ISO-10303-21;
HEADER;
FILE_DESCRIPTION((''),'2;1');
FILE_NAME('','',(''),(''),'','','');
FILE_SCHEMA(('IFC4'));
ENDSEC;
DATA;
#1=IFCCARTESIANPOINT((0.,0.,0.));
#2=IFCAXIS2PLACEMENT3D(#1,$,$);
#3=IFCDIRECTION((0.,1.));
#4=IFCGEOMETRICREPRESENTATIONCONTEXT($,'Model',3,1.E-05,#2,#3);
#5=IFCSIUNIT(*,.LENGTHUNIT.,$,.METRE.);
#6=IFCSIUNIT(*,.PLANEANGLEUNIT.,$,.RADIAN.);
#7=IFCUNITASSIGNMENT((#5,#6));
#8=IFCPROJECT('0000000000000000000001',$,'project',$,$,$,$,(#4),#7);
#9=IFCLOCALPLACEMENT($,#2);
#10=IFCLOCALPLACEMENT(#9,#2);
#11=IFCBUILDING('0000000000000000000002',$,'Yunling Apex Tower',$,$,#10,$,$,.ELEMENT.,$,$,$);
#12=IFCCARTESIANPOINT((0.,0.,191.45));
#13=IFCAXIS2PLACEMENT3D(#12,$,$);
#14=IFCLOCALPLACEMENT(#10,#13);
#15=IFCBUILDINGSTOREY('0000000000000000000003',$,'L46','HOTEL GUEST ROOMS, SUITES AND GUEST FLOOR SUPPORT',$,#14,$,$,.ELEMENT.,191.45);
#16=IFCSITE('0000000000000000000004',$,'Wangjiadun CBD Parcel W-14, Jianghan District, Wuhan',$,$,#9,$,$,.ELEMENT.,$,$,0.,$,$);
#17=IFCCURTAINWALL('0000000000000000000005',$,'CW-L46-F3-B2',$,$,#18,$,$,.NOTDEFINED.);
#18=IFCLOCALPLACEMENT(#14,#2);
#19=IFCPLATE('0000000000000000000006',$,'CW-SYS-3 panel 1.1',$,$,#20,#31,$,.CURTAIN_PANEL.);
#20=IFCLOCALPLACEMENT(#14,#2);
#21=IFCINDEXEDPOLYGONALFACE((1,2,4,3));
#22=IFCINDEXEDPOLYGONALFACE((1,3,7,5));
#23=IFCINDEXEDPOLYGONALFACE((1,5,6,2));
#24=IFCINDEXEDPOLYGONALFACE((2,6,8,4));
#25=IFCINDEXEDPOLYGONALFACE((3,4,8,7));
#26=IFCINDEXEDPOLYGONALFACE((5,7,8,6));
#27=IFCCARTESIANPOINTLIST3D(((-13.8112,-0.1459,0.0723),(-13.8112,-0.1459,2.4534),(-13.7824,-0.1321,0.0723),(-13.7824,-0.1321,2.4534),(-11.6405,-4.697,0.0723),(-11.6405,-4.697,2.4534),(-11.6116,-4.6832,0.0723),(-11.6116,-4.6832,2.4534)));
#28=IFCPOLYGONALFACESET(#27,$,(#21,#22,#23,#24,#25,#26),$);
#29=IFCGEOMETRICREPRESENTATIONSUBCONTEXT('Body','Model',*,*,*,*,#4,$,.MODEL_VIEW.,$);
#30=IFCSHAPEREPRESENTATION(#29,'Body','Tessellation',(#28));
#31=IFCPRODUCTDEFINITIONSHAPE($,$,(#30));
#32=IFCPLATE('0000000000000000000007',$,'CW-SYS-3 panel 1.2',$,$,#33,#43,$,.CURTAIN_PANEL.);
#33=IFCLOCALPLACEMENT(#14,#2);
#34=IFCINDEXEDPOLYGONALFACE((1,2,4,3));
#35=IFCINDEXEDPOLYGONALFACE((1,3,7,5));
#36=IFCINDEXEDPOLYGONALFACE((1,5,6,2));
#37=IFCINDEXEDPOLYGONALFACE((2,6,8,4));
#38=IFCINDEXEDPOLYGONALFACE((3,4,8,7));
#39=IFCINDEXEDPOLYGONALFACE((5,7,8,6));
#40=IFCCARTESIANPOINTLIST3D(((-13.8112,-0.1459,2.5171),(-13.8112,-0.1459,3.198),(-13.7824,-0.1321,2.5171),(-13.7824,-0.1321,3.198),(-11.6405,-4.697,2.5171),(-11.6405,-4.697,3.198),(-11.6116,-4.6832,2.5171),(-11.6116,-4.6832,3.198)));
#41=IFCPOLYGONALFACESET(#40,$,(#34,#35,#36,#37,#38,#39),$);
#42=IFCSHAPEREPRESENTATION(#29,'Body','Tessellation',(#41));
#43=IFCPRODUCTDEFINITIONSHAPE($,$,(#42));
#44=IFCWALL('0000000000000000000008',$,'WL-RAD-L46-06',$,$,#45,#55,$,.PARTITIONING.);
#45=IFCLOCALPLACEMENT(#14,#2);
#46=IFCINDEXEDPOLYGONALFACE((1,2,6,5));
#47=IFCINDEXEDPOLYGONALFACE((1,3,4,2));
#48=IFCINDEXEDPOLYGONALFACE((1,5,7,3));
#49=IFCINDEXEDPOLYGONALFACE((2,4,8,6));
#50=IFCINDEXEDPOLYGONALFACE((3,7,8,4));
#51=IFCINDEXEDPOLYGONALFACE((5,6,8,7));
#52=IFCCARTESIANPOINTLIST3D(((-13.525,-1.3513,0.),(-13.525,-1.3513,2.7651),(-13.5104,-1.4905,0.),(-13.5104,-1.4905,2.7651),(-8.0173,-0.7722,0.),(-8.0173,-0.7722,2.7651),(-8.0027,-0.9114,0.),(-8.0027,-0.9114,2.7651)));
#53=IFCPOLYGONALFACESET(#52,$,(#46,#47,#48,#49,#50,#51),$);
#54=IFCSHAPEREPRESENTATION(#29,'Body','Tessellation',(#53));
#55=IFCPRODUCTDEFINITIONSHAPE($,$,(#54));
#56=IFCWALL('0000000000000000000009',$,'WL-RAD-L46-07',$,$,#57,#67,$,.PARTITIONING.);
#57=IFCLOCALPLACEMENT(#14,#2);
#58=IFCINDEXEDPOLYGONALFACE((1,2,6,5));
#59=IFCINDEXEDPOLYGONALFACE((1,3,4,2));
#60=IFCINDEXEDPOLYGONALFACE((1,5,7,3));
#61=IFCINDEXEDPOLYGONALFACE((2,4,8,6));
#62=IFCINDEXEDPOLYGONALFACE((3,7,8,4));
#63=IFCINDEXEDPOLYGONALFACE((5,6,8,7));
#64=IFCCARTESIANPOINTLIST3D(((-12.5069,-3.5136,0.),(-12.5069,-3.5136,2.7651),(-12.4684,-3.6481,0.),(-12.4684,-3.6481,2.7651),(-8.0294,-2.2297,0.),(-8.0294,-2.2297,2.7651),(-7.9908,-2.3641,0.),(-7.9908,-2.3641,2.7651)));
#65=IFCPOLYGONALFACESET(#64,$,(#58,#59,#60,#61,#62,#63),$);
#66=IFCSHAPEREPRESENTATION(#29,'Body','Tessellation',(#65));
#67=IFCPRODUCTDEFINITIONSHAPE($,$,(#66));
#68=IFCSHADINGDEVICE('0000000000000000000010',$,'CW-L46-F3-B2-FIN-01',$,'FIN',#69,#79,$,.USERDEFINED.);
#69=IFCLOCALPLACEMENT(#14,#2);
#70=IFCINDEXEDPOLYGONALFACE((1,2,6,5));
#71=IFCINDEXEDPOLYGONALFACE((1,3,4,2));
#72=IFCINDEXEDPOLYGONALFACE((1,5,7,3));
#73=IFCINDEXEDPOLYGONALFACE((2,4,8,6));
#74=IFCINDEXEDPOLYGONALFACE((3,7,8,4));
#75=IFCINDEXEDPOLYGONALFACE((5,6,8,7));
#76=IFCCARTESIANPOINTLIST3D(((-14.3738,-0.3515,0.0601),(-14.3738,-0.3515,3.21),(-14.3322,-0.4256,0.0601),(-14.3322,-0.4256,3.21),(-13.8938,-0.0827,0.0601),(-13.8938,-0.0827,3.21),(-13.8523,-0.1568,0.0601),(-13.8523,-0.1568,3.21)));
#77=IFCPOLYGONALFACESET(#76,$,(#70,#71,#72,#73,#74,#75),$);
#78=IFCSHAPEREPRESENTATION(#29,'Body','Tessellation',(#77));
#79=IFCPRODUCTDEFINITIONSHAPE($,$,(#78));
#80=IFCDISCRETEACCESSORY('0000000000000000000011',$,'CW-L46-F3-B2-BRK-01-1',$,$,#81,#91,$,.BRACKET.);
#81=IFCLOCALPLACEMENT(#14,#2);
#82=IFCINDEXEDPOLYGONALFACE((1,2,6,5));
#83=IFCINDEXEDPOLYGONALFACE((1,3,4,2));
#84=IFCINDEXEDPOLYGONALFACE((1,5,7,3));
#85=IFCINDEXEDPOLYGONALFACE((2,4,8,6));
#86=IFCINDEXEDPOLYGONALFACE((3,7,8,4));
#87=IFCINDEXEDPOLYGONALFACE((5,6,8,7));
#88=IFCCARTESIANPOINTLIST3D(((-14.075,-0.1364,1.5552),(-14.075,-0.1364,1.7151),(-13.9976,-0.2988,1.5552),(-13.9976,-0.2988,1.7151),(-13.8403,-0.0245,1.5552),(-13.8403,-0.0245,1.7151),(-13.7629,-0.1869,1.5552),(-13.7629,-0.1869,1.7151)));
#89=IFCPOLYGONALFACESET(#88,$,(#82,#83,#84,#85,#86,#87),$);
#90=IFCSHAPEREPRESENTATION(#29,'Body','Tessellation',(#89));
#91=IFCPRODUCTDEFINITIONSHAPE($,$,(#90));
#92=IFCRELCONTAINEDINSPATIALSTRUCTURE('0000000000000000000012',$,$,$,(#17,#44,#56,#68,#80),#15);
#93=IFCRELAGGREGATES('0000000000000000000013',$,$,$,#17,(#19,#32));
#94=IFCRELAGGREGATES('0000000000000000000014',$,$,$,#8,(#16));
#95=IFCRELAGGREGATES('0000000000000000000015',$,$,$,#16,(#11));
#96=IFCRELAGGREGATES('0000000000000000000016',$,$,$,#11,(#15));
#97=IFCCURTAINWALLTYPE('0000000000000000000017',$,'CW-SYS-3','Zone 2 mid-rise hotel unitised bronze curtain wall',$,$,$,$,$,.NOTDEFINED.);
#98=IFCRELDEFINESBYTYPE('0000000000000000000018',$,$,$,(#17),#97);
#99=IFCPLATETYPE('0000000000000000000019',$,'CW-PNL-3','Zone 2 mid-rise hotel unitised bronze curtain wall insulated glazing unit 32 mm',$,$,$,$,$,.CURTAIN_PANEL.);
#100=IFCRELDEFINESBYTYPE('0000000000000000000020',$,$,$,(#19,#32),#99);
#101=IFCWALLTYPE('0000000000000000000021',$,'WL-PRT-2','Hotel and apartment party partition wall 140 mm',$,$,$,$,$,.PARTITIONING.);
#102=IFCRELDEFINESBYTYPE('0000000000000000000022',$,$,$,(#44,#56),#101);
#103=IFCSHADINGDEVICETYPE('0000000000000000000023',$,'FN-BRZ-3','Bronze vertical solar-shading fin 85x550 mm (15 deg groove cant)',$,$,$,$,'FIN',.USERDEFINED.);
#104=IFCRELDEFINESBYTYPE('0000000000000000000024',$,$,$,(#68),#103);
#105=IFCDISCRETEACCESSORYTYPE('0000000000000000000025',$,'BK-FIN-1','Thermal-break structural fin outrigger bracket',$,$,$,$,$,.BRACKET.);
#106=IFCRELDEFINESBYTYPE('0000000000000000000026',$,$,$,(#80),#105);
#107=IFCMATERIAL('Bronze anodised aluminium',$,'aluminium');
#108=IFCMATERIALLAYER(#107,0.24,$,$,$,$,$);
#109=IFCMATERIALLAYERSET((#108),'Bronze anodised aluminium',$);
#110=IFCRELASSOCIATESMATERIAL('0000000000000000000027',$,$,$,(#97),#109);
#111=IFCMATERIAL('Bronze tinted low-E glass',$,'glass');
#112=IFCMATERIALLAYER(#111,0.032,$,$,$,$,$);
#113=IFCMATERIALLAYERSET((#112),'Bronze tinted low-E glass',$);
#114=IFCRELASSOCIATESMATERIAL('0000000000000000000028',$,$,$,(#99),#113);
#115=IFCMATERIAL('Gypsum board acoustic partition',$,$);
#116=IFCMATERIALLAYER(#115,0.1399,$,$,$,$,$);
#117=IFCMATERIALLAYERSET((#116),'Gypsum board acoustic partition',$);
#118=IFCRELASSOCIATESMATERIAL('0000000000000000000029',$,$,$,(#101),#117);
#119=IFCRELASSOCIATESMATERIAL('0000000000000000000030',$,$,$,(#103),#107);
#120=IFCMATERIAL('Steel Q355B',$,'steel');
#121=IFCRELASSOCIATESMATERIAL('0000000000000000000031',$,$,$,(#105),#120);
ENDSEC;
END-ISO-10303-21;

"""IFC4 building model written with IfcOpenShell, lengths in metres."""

from ifc_helpers import new_model, si_unit, direction, frame, frame_2d, origin, origin_2d, place, context, subcontext, project, spatial, rectangle, extrude, source, transform, mapped, material, layer, layer_set, material_profile, profile_set, type_object, element, aggregate, save


model = new_model("IFC4")

# Units and contexts
model_context = context("Model", 3, precision=1e-05, world=origin(), true_north=direction((0.0, 1.0)))
body_context = subcontext(model_context, "Body", "Model", "MODEL_VIEW")
ifc_project = project(units=[si_unit("LENGTHUNIT", "METRE"), si_unit("PLANEANGLEUNIT", "RADIAN")], contexts=[model_context])

# Site, building, storey
site_placement = place(None, origin())
site = spatial("IfcSite", under=ifc_project, at=site_placement, Name="Wangjiadun CBD Parcel W-14, Jianghan District, Wuhan", CompositionType="ELEMENT", RefElevation=0.0)
building_placement = place(site_placement, origin())
building = spatial("IfcBuilding", under=site, at=building_placement, Name="Yunling Apex Tower", CompositionType="ELEMENT")
storey_placement = place(building_placement, frame((0.0, 0.0, 191.45)))
storey = spatial("IfcBuildingStorey", under=building, at=storey_placement, Name="L46", Description="HOTEL GUEST ROOMS, SUITES AND GUEST FLOOR SUPPORT", CompositionType="ELEMENT", Elevation=191.45)

# Shared definitions
ifc_material_1 = material(Name="Steel Q355B", Category="steel")

# Curtain wall
ifc_material_2 = material(Name="Bronze anodised aluminium", Category="aluminium")
ifc_layer_1 = layer(ifc_material_2, 0.24)
ifc_layer_set_1 = layer_set([ifc_layer_1], Name="Bronze anodised aluminium")
curtain_wall_type = type_object("IfcCurtainWallType", Name="CW-SYS-3", Description="Zone 2 mid-rise hotel unitised bronze curtain wall", PredefinedType="NOTDEFINED", material=ifc_layer_set_1)
curtain_wall_placement = place(storey_placement, origin())
curtain_wall = element("IfcCurtainWall", 1, at=curtain_wall_placement, inside=storey, type_object=curtain_wall_type, Name="CW-L46-F3-B2", PredefinedType="NOTDEFINED")

# Plates
ifc_material_3 = material(Name="Bronze tinted low-E glass", Category="glass")
ifc_layer_2 = layer(ifc_material_3, 0.032)
ifc_layer_set_2 = layer_set([ifc_layer_2], Name="Bronze tinted low-E glass")
plate_type_1 = type_object("IfcPlateType", Name="CW-PNL-3", Description="Zone 2 mid-rise hotel unitised bronze curtain wall insulated glazing unit 32 mm", PredefinedType="CURTAIN_PANEL", material=ifc_layer_set_2)
shared_shape_1 = source(origin(), body_context, "Body", "SweptSolid", [
    extrude(rectangle(XDim=5.0422, YDim=0.032, at=origin_2d()), origin(), (0.0, 0.0, 1.0), 2.3811),
])
plate_1_placement = place(storey_placement, frame((-12.7114, -2.4146, 0.0723), z_axis=(0.0, 0.0, 1.0), x_axis=(0.430516, -0.902583, 0.0)))
plate_1 = element("IfcPlate", 2, at=plate_1_placement, type_object=plate_type_1, Name="CW-SYS-3 panel 1.1", PredefinedType="CURTAIN_PANEL", context=body_context, shape_type="MappedRepresentation", body=[
    mapped(shared_shape_1, transform((0.0, 0.0, 0.0), scale=1.0)),
])
shared_shape_2 = source(origin(), body_context, "Body", "SweptSolid", [
    extrude(rectangle(XDim=5.0422, YDim=0.032, at=origin_2d()), origin(), (0.0, 0.0, 1.0), 0.6809),
])
plate_2_placement = place(storey_placement, frame((-12.7114, -2.4146, 2.5171), z_axis=(0.0, 0.0, 1.0), x_axis=(0.430516, -0.902583, 0.0)))
plate_2 = element("IfcPlate", 3, at=plate_2_placement, type_object=plate_type_1, Name="CW-SYS-3 panel 1.2", PredefinedType="CURTAIN_PANEL", context=body_context, shape_type="MappedRepresentation", body=[
    mapped(shared_shape_2, transform((0.0, 0.0, 0.0), scale=1.0)),
])
aggregate(curtain_wall, [plate_1, plate_2])

# Walls
ifc_material_4 = material(Name="Gypsum board acoustic partition")
ifc_layer_3 = layer(ifc_material_4, 0.1399)
ifc_layer_set_3 = layer_set([ifc_layer_3], Name="Gypsum board acoustic partition")
wall_type = type_object("IfcWallType", Name="WL-PRT-2", Description="Hotel and apartment party partition wall 140 mm", PredefinedType="PARTITIONING", material=ifc_layer_set_3)
wall_1_placement = place(storey_placement, frame((-8.01, -0.8418, 0.0), z_axis=(0.0, 0.0, 1.0), x_axis=(-0.994518, -0.104565, 0.0)))
element("IfcWall", 4, at=wall_1_placement, inside=storey, type_object=wall_type, Name="WL-RAD-L46-06", PredefinedType="PARTITIONING", context=body_context, shape_type="SweptSolid", body=[
    extrude(rectangle(XDim=5.5381, YDim=0.1399, at=frame_2d((2.769, 0.0))), origin(), (0.0, 0.0, 1.0), 2.7651),
])
wall_2_placement = place(storey_placement, frame((-8.01, -2.2969, 0.0), z_axis=(0.0, 0.0, 1.0), x_axis=(-0.96126, -0.275642, 0.0)))
element("IfcWall", 5, at=wall_2_placement, inside=storey, type_object=wall_type, Name="WL-RAD-L46-07", PredefinedType="PARTITIONING", context=body_context, shape_type="SweptSolid", body=[
    extrude(rectangle(XDim=4.658, YDim=0.1399, at=frame_2d((2.3291, 0.0))), origin(), (0.0, 0.0, 1.0), 2.7651),
])

# Shading device
ifc_material_profile_1 = material_profile(ifc_material_2, rectangle(XDim=0.085, YDim=0.55, at=origin_2d()))
ifc_profile_set_1 = profile_set([ifc_material_profile_1], Name="Bronze anodised aluminium")
shading_device_type = type_object("IfcShadingDeviceType", Name="FN-BRZ-3", Description="Bronze vertical solar-shading fin 85x550 mm (15 deg groove cant)", ElementType="FIN", PredefinedType="USERDEFINED", material=ifc_profile_set_1)
shared_shape_3 = source(origin(), body_context, "Body", "SweptSolid", [
    extrude(rectangle(XDim=0.085, YDim=0.55, at=origin_2d()), origin(), (0.0, 0.0, 1.0), 3.1499),
])
shading_device_placement = place(storey_placement, frame((-14.113, -0.2542, 0.0601), z_axis=(0.0, 0.0, 1.0), x_axis=(0.488621, -0.872496, 0.0)))
element("IfcShadingDevice", 6, at=shading_device_placement, inside=storey, type_object=shading_device_type, Name="CW-L46-F3-B2-FIN-01", ObjectType="FIN", PredefinedType="USERDEFINED", context=body_context, shape_type="MappedRepresentation", body=[
    mapped(shared_shape_3, transform((0.0, 0.0, 0.0), scale=1.0)),
])

# Discrete accessory
discrete_accessory_type = type_object("IfcDiscreteAccessoryType", Name="BK-FIN-1", Description="Thermal-break structural fin outrigger bracket", PredefinedType="BRACKET", material=ifc_material_1)
shared_shape_4 = source(origin(), body_context, "Body", "SweptSolid", [
    extrude(rectangle(XDim=0.1799, YDim=0.26, at=origin_2d()), origin(), (0.0, 0.0, 1.0), 0.1599),
])
discrete_accessory_placement = place(storey_placement, frame((-13.9189, -0.1616, 1.5552), z_axis=(0.0, 0.0, 1.0), x_axis=(0.430511, -0.902585, 0.0)))
element("IfcDiscreteAccessory", 7, at=discrete_accessory_placement, inside=storey, type_object=discrete_accessory_type, Name="CW-L46-F3-B2-BRK-01-1", PredefinedType="BRACKET", context=body_context, shape_type="MappedRepresentation", body=[
    mapped(shared_shape_4, transform((0.0, 0.0, 0.0), scale=1.0)),
])

save(model, "model.ifc")
